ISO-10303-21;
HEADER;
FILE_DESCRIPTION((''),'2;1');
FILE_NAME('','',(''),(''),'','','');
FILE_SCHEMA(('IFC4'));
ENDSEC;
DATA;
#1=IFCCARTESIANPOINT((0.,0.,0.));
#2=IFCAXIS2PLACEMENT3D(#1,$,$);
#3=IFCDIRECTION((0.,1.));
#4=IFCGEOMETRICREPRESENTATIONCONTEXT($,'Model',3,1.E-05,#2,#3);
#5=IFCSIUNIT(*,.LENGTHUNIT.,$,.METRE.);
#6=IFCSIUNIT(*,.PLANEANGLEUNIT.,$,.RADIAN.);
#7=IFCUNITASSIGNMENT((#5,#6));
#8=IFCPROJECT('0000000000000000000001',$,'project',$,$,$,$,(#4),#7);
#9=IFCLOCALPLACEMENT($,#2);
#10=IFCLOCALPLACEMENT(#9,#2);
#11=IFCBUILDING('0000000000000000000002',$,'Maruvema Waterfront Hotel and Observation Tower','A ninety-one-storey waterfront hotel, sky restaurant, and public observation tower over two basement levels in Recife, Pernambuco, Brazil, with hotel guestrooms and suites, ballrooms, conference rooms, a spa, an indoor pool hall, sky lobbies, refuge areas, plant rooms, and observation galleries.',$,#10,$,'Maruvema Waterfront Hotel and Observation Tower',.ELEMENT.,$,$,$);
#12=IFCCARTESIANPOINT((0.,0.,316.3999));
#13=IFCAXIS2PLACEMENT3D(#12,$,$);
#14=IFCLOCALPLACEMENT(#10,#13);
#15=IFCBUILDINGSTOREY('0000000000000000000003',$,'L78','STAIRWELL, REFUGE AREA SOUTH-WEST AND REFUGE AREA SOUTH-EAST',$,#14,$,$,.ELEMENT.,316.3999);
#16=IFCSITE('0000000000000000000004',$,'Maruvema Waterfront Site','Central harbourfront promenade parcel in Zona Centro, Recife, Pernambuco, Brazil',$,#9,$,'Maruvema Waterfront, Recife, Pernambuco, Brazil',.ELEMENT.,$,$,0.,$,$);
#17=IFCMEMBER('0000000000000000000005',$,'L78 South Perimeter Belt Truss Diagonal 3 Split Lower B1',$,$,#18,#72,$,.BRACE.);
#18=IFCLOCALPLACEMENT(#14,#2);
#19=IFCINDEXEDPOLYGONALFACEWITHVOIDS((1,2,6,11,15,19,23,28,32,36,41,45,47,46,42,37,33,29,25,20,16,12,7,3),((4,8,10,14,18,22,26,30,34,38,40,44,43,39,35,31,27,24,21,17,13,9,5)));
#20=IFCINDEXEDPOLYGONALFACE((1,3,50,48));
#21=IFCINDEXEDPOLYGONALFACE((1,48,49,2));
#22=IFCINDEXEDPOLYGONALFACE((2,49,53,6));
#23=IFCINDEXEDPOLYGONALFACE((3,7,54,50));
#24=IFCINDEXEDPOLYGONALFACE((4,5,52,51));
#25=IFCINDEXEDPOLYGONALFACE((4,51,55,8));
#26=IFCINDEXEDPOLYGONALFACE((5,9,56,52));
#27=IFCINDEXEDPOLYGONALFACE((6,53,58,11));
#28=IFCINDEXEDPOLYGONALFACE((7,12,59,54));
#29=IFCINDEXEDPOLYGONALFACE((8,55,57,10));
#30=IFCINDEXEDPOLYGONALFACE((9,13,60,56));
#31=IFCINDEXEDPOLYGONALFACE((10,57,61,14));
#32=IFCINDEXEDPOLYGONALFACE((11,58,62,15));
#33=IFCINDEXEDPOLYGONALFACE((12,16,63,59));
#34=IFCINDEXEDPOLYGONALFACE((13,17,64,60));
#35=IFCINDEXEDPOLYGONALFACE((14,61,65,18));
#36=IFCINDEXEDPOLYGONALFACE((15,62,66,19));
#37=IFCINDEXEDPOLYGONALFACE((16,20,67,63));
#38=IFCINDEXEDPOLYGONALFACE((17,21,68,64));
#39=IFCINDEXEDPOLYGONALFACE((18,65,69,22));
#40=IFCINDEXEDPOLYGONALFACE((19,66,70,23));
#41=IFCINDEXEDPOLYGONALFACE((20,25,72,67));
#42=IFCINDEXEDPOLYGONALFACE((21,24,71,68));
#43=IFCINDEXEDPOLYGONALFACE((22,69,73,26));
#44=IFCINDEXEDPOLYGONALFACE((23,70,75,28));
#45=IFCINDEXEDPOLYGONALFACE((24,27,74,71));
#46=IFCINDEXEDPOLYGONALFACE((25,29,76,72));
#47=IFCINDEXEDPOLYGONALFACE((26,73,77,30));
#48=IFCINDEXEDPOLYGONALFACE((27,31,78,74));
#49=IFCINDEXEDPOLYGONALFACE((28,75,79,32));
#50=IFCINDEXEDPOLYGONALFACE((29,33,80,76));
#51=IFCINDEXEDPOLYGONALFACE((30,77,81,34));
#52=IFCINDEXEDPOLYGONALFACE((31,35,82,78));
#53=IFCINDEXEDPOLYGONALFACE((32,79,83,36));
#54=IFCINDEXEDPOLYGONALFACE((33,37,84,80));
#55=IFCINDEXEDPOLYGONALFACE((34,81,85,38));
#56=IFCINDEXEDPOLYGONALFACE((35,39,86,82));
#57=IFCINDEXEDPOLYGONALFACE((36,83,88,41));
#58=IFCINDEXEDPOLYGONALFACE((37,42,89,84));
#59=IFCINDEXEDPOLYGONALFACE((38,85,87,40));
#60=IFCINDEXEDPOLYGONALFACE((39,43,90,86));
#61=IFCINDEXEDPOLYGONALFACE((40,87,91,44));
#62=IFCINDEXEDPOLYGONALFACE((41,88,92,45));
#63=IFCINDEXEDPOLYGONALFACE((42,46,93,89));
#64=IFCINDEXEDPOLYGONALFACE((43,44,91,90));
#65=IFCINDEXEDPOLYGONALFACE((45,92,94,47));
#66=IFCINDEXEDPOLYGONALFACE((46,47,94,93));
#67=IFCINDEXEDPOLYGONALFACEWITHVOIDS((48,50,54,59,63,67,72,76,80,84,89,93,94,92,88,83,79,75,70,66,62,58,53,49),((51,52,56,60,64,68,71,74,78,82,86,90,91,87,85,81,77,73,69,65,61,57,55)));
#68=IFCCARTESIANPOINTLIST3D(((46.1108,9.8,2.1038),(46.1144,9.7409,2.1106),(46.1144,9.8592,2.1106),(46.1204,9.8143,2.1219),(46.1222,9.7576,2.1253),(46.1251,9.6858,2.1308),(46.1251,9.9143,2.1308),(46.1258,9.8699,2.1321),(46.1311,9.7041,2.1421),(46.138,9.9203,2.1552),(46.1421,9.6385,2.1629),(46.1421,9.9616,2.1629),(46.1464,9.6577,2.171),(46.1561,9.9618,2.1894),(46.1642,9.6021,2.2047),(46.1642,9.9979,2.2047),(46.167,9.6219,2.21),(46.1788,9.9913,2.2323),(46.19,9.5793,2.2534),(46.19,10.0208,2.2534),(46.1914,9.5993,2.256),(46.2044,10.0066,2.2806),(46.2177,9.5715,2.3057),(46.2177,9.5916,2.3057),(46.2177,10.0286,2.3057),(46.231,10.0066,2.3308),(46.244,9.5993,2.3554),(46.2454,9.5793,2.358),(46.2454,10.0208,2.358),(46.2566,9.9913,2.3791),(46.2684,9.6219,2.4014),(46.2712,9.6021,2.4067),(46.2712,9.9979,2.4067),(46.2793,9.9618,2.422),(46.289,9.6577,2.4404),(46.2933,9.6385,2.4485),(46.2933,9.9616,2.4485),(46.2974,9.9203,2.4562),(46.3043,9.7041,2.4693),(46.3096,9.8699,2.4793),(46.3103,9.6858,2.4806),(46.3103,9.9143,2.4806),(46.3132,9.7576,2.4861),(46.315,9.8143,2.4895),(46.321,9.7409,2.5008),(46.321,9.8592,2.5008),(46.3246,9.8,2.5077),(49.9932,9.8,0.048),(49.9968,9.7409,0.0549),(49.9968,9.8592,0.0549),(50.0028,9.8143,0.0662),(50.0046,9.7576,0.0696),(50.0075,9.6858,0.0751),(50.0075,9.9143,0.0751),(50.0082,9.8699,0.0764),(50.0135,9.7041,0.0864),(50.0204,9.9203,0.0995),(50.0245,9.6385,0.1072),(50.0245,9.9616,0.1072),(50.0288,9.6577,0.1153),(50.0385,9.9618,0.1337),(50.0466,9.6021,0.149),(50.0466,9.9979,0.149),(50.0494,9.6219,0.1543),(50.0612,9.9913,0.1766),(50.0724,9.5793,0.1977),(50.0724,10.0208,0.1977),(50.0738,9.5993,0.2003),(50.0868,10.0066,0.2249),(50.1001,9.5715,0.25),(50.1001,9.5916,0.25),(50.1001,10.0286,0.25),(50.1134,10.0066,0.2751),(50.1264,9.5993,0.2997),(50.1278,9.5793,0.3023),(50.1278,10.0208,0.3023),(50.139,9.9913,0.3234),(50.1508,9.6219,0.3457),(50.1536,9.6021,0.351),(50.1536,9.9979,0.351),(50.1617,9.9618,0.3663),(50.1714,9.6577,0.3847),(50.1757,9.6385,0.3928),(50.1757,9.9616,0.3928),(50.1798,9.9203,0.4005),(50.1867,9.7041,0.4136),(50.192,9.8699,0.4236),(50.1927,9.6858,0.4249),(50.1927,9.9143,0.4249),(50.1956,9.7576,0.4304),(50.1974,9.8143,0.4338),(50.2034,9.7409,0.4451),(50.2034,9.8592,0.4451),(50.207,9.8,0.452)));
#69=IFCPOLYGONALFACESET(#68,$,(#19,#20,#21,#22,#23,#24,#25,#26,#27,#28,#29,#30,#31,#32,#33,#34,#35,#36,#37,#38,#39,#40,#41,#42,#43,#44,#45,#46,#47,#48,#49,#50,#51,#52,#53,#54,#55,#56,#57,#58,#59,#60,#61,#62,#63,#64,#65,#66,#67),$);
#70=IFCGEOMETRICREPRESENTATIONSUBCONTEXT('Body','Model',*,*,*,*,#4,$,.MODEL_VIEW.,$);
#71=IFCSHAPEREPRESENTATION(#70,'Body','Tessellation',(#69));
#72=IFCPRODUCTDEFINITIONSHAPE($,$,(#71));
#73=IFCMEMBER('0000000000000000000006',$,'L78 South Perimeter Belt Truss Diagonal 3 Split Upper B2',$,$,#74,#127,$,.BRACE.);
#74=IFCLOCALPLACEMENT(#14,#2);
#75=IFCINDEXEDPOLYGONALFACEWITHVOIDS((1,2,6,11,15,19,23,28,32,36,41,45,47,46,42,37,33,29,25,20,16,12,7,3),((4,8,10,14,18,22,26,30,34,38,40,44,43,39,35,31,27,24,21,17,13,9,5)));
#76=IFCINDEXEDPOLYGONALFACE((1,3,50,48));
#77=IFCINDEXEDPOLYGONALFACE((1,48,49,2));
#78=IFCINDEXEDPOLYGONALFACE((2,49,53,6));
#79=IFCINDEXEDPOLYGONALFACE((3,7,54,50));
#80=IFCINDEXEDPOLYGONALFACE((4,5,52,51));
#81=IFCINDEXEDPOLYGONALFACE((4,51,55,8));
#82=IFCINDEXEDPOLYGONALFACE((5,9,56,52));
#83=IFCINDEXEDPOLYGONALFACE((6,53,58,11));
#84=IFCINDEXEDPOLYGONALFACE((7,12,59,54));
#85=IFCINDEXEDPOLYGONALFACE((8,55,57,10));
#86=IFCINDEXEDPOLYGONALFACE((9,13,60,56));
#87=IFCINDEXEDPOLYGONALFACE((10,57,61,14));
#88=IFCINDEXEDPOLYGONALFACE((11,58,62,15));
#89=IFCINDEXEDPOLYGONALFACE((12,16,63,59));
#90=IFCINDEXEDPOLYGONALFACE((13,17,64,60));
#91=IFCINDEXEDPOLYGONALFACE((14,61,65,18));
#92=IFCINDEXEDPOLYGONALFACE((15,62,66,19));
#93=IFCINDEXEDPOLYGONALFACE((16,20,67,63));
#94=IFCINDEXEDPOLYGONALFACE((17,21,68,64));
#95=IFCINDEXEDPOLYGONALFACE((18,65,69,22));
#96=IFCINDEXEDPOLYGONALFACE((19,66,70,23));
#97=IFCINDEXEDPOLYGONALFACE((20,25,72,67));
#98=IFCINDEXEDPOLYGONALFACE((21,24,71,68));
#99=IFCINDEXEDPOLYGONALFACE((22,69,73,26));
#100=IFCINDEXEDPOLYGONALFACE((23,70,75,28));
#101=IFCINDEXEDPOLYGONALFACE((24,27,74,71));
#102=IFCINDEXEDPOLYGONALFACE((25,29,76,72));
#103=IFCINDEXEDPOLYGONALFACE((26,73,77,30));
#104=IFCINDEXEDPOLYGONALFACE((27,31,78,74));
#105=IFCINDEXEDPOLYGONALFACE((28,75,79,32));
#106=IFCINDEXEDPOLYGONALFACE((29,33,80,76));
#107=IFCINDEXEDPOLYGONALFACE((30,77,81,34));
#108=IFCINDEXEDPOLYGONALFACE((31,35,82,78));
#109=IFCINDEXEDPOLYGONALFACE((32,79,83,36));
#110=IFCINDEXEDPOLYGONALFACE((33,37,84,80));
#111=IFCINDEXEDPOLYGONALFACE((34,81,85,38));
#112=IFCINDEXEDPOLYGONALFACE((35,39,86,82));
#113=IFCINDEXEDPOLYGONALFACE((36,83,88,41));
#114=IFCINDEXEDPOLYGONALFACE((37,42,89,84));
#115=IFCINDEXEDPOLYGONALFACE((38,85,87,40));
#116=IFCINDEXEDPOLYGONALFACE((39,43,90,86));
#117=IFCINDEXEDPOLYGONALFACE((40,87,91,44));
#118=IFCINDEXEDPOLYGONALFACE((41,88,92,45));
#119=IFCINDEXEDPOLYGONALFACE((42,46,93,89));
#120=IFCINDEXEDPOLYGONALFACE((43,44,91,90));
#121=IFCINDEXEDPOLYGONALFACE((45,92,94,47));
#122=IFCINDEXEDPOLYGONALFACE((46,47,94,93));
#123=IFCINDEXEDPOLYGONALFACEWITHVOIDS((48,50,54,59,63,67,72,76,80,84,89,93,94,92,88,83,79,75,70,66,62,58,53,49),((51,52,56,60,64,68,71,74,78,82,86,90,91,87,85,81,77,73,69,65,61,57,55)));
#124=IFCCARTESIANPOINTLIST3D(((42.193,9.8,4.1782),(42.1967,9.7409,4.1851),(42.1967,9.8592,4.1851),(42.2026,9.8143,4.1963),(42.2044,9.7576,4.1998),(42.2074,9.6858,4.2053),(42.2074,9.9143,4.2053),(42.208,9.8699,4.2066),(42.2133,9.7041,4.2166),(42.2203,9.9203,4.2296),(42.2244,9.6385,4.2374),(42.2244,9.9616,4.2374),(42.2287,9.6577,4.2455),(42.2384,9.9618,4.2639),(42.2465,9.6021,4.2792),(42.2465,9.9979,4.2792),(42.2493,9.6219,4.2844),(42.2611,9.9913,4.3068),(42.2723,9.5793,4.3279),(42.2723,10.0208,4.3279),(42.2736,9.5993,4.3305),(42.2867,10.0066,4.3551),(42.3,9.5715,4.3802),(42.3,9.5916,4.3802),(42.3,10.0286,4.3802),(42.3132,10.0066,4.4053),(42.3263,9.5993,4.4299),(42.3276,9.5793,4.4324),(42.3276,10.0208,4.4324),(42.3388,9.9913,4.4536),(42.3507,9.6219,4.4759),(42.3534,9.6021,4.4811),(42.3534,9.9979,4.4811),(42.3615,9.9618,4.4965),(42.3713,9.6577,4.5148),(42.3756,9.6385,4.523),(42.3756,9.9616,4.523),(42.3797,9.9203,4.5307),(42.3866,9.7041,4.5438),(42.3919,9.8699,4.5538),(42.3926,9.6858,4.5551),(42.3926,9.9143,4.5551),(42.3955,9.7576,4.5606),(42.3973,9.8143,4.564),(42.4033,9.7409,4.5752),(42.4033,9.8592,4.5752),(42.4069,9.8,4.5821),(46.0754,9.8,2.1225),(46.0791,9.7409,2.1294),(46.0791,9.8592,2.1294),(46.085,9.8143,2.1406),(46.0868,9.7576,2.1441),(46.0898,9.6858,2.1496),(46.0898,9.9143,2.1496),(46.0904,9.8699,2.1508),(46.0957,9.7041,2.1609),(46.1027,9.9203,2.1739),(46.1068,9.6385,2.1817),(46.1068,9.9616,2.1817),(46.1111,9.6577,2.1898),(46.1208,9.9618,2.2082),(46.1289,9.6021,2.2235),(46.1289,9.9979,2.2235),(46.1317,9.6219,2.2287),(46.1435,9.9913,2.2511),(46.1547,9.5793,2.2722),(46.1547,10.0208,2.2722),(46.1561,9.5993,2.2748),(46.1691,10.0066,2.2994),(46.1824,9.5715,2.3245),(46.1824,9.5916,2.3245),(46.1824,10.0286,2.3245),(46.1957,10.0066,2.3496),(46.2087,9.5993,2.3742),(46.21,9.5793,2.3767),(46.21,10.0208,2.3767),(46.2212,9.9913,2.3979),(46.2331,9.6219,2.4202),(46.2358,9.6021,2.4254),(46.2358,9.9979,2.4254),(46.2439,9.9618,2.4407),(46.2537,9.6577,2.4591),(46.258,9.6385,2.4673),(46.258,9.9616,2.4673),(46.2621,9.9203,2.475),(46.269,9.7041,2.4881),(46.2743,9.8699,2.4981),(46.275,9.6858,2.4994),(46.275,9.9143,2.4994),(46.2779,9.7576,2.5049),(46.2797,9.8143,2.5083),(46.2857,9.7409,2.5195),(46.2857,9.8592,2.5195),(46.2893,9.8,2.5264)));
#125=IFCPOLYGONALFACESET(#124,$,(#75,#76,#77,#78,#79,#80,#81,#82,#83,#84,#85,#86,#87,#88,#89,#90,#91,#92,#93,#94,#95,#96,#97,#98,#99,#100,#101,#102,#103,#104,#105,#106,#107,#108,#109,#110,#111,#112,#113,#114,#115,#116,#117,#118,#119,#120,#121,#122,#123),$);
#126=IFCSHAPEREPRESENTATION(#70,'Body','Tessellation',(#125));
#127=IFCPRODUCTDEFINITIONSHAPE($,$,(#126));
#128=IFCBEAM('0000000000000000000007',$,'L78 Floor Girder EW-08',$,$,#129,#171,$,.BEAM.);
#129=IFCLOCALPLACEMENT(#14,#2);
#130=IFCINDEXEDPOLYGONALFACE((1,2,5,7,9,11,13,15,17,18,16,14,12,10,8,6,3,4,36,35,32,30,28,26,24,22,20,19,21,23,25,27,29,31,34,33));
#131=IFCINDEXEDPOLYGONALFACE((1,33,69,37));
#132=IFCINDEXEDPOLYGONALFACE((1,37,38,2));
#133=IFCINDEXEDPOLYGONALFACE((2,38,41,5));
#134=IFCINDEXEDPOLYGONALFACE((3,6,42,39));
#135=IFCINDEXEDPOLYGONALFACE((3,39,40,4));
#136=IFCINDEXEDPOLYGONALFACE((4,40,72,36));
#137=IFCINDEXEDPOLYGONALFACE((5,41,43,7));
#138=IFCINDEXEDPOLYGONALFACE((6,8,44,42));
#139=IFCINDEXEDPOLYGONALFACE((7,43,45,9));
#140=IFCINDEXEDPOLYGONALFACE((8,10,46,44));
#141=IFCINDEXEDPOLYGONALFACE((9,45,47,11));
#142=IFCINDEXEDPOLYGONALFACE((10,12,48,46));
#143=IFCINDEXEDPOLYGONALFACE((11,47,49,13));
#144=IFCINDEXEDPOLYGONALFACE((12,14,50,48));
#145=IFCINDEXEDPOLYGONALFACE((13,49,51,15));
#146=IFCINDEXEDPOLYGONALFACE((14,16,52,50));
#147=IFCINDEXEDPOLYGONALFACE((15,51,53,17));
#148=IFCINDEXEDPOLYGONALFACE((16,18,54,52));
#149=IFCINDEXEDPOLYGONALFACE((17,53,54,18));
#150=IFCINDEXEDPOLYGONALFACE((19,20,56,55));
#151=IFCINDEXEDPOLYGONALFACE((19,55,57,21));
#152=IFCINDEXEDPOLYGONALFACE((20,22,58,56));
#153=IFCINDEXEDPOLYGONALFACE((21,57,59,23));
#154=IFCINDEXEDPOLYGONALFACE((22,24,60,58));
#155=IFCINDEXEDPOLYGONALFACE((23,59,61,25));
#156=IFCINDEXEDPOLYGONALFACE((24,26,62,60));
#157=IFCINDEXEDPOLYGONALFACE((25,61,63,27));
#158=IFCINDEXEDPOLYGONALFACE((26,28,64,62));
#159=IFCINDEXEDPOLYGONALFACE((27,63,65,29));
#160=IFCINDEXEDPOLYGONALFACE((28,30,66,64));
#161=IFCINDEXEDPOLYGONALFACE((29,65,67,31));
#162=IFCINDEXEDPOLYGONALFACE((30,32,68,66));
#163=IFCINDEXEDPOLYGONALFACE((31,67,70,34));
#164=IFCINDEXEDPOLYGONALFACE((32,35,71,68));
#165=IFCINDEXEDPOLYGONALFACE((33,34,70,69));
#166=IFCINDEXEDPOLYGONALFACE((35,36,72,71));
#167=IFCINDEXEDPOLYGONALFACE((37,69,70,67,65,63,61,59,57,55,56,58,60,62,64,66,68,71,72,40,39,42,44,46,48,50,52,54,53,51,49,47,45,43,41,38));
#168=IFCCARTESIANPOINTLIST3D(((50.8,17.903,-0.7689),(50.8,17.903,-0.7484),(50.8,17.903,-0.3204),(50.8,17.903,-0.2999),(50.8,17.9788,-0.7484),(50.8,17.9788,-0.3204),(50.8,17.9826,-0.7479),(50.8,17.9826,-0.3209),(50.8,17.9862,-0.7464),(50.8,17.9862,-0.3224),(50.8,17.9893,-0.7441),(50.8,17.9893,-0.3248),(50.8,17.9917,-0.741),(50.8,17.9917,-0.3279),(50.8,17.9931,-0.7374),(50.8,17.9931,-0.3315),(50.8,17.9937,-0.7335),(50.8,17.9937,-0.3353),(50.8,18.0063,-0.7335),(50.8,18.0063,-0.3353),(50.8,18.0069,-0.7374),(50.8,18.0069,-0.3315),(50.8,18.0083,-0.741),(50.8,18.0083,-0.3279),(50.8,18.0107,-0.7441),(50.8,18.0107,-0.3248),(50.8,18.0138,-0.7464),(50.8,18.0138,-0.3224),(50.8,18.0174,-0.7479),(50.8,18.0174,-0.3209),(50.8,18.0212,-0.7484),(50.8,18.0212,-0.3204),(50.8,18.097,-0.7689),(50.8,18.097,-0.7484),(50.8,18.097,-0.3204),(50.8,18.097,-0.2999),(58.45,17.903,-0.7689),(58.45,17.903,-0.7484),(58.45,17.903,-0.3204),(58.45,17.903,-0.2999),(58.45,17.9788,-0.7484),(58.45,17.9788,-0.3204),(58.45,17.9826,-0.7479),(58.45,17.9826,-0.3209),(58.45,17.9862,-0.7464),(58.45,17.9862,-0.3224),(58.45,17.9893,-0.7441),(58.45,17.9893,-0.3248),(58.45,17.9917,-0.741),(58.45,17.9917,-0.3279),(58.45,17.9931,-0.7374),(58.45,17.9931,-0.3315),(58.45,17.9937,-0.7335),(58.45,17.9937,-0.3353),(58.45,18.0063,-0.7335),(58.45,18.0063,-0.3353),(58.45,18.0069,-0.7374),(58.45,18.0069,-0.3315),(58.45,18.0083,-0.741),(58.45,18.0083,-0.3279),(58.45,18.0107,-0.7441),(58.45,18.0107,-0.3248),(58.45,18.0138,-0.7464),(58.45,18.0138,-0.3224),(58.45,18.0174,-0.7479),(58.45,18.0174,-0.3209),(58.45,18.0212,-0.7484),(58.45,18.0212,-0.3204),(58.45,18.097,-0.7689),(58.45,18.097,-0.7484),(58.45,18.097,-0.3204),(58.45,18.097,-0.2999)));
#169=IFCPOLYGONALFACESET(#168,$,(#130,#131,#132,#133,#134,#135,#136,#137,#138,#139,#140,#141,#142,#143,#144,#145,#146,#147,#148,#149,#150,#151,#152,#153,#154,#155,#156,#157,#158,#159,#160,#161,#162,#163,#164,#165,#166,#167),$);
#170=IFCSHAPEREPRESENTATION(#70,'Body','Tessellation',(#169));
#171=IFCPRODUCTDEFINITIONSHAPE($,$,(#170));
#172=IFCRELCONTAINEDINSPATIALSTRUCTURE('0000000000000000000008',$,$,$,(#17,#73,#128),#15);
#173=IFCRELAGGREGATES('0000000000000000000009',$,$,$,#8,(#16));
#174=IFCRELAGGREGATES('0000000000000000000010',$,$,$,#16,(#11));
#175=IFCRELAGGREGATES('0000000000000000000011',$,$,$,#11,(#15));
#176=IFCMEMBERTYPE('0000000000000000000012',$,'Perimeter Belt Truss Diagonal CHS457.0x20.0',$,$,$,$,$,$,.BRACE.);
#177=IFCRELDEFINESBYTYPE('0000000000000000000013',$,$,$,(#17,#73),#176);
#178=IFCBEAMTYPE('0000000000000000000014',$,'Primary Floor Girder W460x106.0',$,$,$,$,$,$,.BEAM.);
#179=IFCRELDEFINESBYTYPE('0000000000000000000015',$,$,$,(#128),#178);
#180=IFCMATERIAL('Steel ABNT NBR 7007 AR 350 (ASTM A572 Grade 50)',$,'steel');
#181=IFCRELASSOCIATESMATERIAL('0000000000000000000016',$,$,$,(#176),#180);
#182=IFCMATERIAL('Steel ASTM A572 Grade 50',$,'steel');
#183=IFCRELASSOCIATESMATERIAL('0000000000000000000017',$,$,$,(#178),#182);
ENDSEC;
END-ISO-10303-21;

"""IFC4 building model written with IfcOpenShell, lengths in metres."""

from ifc_helpers import new_model, si_unit, direction, frame, origin, origin_2d, place, context, subcontext, project, spatial, hollow_circle, i_section, extrude, material, material_profile, profile_set, type_object, element, save


model = new_model("IFC4")

# Units and contexts
model_context = context("Model", 3, precision=1e-05, world=origin(), true_north=direction((0.0, 1.0)))
body_context = subcontext(model_context, "Body", "Model", "MODEL_VIEW")
ifc_project = project(units=[si_unit("LENGTHUNIT", "METRE"), si_unit("PLANEANGLEUNIT", "RADIAN")], contexts=[model_context])

# Site, building, storey
site_placement = place(None, origin())
site = spatial("IfcSite", under=ifc_project, at=site_placement, Name="Maruvema Waterfront Site", Description="Central harbourfront promenade parcel in Zona Centro, Recife, Pernambuco, Brazil", LongName="Maruvema Waterfront, Recife, Pernambuco, Brazil", CompositionType="ELEMENT", RefElevation=0.0)
building_placement = place(site_placement, origin())
building = spatial("IfcBuilding", under=site, at=building_placement, Name="Maruvema Waterfront Hotel and Observation Tower", Description="A ninety-one-storey waterfront hotel, sky restaurant, and public observation tower over two basement levels in Recife, Pernambuco, Brazil, with hotel guestrooms and suites, ballrooms, conference rooms, a spa, an indoor pool hall, sky lobbies, refuge areas, plant rooms, and observation galleries.", LongName="Maruvema Waterfront Hotel and Observation Tower", CompositionType="ELEMENT")
storey_placement = place(building_placement, frame((0.0, 0.0, 316.3999)))
storey = spatial("IfcBuildingStorey", under=building, at=storey_placement, Name="L78", Description="STAIRWELL, REFUGE AREA SOUTH-WEST AND REFUGE AREA SOUTH-EAST", CompositionType="ELEMENT", Elevation=316.3999)

# Members
ifc_material_1 = material(Name="Steel ABNT NBR 7007 AR 350 (ASTM A572 Grade 50)", Category="steel")
ifc_material_profile_1 = material_profile(ifc_material_1, hollow_circle(Radius=0.2285, WallThickness=0.02, at=origin_2d()), Name="CHS457.0x20.0")
ifc_profile_set_1 = profile_set([ifc_material_profile_1], Name="Steel ABNT NBR 7007 AR 350 (ASTM A572 Grade 50)")
member_type_1 = type_object("IfcMemberType", Name="Perimeter Belt Truss Diagonal CHS457.0x20.0", PredefinedType="BRACE", material=ifc_profile_set_1)
for number, where, z_axis, x_axis, name in (
    (1, (50.1001, 9.8, 0.25), (-0.883758, 0.0, 0.467944), (0.0, -1.0, 0.0), "L78 South Perimeter Belt Truss Diagonal 3 Split Lower B1"),
    (2, (46.1824, 9.8, 2.3245), (-0.883758, 0.0, 0.467944), (0.0, -1.0, 0.0), "L78 South Perimeter Belt Truss Diagonal 3 Split Upper B2"),
):
    element("IfcMember", number, at=place(storey_placement, frame(where, z_axis=z_axis, x_axis=x_axis)), inside=storey, type_object=member_type_1, Name=name, PredefinedType="BRACE", context=body_context, shape_type="SweptSolid", body=[
        extrude(hollow_circle(Radius=0.2285, WallThickness=0.02, at=origin_2d()), origin(), (0.0, 0.0, 1.0), 4.3931),
    ])

# Beam
ifc_material_2 = material(Name="Steel ASTM A572 Grade 50", Category="steel")
ifc_material_profile_2 = material_profile(ifc_material_2, i_section(OverallWidth=0.1941, OverallDepth=0.469, WebThickness=0.0127, FlangeThickness=0.0205, FilletRadius=0.0149, at=origin_2d()), Name="W460x106.0")
ifc_profile_set_2 = profile_set([ifc_material_profile_2], Name="Steel ASTM A572 Grade 50")
beam_type_1 = type_object("IfcBeamType", Name="Primary Floor Girder W460x106.0", PredefinedType="BEAM", material=ifc_profile_set_2)
beam_1_placement = place(storey_placement, frame((50.8, 18.0, -0.5344), z_axis=(1.0, 0.0, 0.0), x_axis=(0.0, 1.0, 0.0)))
element("IfcBeam", 3, at=beam_1_placement, inside=storey, type_object=beam_type_1, Name="L78 Floor Girder EW-08", PredefinedType="BEAM", context=body_context, shape_type="SweptSolid", body=[
    extrude(i_section(OverallWidth=0.1941, OverallDepth=0.469, WebThickness=0.0127, FlangeThickness=0.0205, FilletRadius=0.0149, at=origin_2d()), origin(), (0.0, 0.0, 1.0), 7.6499),
])

save(model, "model.ifc")
